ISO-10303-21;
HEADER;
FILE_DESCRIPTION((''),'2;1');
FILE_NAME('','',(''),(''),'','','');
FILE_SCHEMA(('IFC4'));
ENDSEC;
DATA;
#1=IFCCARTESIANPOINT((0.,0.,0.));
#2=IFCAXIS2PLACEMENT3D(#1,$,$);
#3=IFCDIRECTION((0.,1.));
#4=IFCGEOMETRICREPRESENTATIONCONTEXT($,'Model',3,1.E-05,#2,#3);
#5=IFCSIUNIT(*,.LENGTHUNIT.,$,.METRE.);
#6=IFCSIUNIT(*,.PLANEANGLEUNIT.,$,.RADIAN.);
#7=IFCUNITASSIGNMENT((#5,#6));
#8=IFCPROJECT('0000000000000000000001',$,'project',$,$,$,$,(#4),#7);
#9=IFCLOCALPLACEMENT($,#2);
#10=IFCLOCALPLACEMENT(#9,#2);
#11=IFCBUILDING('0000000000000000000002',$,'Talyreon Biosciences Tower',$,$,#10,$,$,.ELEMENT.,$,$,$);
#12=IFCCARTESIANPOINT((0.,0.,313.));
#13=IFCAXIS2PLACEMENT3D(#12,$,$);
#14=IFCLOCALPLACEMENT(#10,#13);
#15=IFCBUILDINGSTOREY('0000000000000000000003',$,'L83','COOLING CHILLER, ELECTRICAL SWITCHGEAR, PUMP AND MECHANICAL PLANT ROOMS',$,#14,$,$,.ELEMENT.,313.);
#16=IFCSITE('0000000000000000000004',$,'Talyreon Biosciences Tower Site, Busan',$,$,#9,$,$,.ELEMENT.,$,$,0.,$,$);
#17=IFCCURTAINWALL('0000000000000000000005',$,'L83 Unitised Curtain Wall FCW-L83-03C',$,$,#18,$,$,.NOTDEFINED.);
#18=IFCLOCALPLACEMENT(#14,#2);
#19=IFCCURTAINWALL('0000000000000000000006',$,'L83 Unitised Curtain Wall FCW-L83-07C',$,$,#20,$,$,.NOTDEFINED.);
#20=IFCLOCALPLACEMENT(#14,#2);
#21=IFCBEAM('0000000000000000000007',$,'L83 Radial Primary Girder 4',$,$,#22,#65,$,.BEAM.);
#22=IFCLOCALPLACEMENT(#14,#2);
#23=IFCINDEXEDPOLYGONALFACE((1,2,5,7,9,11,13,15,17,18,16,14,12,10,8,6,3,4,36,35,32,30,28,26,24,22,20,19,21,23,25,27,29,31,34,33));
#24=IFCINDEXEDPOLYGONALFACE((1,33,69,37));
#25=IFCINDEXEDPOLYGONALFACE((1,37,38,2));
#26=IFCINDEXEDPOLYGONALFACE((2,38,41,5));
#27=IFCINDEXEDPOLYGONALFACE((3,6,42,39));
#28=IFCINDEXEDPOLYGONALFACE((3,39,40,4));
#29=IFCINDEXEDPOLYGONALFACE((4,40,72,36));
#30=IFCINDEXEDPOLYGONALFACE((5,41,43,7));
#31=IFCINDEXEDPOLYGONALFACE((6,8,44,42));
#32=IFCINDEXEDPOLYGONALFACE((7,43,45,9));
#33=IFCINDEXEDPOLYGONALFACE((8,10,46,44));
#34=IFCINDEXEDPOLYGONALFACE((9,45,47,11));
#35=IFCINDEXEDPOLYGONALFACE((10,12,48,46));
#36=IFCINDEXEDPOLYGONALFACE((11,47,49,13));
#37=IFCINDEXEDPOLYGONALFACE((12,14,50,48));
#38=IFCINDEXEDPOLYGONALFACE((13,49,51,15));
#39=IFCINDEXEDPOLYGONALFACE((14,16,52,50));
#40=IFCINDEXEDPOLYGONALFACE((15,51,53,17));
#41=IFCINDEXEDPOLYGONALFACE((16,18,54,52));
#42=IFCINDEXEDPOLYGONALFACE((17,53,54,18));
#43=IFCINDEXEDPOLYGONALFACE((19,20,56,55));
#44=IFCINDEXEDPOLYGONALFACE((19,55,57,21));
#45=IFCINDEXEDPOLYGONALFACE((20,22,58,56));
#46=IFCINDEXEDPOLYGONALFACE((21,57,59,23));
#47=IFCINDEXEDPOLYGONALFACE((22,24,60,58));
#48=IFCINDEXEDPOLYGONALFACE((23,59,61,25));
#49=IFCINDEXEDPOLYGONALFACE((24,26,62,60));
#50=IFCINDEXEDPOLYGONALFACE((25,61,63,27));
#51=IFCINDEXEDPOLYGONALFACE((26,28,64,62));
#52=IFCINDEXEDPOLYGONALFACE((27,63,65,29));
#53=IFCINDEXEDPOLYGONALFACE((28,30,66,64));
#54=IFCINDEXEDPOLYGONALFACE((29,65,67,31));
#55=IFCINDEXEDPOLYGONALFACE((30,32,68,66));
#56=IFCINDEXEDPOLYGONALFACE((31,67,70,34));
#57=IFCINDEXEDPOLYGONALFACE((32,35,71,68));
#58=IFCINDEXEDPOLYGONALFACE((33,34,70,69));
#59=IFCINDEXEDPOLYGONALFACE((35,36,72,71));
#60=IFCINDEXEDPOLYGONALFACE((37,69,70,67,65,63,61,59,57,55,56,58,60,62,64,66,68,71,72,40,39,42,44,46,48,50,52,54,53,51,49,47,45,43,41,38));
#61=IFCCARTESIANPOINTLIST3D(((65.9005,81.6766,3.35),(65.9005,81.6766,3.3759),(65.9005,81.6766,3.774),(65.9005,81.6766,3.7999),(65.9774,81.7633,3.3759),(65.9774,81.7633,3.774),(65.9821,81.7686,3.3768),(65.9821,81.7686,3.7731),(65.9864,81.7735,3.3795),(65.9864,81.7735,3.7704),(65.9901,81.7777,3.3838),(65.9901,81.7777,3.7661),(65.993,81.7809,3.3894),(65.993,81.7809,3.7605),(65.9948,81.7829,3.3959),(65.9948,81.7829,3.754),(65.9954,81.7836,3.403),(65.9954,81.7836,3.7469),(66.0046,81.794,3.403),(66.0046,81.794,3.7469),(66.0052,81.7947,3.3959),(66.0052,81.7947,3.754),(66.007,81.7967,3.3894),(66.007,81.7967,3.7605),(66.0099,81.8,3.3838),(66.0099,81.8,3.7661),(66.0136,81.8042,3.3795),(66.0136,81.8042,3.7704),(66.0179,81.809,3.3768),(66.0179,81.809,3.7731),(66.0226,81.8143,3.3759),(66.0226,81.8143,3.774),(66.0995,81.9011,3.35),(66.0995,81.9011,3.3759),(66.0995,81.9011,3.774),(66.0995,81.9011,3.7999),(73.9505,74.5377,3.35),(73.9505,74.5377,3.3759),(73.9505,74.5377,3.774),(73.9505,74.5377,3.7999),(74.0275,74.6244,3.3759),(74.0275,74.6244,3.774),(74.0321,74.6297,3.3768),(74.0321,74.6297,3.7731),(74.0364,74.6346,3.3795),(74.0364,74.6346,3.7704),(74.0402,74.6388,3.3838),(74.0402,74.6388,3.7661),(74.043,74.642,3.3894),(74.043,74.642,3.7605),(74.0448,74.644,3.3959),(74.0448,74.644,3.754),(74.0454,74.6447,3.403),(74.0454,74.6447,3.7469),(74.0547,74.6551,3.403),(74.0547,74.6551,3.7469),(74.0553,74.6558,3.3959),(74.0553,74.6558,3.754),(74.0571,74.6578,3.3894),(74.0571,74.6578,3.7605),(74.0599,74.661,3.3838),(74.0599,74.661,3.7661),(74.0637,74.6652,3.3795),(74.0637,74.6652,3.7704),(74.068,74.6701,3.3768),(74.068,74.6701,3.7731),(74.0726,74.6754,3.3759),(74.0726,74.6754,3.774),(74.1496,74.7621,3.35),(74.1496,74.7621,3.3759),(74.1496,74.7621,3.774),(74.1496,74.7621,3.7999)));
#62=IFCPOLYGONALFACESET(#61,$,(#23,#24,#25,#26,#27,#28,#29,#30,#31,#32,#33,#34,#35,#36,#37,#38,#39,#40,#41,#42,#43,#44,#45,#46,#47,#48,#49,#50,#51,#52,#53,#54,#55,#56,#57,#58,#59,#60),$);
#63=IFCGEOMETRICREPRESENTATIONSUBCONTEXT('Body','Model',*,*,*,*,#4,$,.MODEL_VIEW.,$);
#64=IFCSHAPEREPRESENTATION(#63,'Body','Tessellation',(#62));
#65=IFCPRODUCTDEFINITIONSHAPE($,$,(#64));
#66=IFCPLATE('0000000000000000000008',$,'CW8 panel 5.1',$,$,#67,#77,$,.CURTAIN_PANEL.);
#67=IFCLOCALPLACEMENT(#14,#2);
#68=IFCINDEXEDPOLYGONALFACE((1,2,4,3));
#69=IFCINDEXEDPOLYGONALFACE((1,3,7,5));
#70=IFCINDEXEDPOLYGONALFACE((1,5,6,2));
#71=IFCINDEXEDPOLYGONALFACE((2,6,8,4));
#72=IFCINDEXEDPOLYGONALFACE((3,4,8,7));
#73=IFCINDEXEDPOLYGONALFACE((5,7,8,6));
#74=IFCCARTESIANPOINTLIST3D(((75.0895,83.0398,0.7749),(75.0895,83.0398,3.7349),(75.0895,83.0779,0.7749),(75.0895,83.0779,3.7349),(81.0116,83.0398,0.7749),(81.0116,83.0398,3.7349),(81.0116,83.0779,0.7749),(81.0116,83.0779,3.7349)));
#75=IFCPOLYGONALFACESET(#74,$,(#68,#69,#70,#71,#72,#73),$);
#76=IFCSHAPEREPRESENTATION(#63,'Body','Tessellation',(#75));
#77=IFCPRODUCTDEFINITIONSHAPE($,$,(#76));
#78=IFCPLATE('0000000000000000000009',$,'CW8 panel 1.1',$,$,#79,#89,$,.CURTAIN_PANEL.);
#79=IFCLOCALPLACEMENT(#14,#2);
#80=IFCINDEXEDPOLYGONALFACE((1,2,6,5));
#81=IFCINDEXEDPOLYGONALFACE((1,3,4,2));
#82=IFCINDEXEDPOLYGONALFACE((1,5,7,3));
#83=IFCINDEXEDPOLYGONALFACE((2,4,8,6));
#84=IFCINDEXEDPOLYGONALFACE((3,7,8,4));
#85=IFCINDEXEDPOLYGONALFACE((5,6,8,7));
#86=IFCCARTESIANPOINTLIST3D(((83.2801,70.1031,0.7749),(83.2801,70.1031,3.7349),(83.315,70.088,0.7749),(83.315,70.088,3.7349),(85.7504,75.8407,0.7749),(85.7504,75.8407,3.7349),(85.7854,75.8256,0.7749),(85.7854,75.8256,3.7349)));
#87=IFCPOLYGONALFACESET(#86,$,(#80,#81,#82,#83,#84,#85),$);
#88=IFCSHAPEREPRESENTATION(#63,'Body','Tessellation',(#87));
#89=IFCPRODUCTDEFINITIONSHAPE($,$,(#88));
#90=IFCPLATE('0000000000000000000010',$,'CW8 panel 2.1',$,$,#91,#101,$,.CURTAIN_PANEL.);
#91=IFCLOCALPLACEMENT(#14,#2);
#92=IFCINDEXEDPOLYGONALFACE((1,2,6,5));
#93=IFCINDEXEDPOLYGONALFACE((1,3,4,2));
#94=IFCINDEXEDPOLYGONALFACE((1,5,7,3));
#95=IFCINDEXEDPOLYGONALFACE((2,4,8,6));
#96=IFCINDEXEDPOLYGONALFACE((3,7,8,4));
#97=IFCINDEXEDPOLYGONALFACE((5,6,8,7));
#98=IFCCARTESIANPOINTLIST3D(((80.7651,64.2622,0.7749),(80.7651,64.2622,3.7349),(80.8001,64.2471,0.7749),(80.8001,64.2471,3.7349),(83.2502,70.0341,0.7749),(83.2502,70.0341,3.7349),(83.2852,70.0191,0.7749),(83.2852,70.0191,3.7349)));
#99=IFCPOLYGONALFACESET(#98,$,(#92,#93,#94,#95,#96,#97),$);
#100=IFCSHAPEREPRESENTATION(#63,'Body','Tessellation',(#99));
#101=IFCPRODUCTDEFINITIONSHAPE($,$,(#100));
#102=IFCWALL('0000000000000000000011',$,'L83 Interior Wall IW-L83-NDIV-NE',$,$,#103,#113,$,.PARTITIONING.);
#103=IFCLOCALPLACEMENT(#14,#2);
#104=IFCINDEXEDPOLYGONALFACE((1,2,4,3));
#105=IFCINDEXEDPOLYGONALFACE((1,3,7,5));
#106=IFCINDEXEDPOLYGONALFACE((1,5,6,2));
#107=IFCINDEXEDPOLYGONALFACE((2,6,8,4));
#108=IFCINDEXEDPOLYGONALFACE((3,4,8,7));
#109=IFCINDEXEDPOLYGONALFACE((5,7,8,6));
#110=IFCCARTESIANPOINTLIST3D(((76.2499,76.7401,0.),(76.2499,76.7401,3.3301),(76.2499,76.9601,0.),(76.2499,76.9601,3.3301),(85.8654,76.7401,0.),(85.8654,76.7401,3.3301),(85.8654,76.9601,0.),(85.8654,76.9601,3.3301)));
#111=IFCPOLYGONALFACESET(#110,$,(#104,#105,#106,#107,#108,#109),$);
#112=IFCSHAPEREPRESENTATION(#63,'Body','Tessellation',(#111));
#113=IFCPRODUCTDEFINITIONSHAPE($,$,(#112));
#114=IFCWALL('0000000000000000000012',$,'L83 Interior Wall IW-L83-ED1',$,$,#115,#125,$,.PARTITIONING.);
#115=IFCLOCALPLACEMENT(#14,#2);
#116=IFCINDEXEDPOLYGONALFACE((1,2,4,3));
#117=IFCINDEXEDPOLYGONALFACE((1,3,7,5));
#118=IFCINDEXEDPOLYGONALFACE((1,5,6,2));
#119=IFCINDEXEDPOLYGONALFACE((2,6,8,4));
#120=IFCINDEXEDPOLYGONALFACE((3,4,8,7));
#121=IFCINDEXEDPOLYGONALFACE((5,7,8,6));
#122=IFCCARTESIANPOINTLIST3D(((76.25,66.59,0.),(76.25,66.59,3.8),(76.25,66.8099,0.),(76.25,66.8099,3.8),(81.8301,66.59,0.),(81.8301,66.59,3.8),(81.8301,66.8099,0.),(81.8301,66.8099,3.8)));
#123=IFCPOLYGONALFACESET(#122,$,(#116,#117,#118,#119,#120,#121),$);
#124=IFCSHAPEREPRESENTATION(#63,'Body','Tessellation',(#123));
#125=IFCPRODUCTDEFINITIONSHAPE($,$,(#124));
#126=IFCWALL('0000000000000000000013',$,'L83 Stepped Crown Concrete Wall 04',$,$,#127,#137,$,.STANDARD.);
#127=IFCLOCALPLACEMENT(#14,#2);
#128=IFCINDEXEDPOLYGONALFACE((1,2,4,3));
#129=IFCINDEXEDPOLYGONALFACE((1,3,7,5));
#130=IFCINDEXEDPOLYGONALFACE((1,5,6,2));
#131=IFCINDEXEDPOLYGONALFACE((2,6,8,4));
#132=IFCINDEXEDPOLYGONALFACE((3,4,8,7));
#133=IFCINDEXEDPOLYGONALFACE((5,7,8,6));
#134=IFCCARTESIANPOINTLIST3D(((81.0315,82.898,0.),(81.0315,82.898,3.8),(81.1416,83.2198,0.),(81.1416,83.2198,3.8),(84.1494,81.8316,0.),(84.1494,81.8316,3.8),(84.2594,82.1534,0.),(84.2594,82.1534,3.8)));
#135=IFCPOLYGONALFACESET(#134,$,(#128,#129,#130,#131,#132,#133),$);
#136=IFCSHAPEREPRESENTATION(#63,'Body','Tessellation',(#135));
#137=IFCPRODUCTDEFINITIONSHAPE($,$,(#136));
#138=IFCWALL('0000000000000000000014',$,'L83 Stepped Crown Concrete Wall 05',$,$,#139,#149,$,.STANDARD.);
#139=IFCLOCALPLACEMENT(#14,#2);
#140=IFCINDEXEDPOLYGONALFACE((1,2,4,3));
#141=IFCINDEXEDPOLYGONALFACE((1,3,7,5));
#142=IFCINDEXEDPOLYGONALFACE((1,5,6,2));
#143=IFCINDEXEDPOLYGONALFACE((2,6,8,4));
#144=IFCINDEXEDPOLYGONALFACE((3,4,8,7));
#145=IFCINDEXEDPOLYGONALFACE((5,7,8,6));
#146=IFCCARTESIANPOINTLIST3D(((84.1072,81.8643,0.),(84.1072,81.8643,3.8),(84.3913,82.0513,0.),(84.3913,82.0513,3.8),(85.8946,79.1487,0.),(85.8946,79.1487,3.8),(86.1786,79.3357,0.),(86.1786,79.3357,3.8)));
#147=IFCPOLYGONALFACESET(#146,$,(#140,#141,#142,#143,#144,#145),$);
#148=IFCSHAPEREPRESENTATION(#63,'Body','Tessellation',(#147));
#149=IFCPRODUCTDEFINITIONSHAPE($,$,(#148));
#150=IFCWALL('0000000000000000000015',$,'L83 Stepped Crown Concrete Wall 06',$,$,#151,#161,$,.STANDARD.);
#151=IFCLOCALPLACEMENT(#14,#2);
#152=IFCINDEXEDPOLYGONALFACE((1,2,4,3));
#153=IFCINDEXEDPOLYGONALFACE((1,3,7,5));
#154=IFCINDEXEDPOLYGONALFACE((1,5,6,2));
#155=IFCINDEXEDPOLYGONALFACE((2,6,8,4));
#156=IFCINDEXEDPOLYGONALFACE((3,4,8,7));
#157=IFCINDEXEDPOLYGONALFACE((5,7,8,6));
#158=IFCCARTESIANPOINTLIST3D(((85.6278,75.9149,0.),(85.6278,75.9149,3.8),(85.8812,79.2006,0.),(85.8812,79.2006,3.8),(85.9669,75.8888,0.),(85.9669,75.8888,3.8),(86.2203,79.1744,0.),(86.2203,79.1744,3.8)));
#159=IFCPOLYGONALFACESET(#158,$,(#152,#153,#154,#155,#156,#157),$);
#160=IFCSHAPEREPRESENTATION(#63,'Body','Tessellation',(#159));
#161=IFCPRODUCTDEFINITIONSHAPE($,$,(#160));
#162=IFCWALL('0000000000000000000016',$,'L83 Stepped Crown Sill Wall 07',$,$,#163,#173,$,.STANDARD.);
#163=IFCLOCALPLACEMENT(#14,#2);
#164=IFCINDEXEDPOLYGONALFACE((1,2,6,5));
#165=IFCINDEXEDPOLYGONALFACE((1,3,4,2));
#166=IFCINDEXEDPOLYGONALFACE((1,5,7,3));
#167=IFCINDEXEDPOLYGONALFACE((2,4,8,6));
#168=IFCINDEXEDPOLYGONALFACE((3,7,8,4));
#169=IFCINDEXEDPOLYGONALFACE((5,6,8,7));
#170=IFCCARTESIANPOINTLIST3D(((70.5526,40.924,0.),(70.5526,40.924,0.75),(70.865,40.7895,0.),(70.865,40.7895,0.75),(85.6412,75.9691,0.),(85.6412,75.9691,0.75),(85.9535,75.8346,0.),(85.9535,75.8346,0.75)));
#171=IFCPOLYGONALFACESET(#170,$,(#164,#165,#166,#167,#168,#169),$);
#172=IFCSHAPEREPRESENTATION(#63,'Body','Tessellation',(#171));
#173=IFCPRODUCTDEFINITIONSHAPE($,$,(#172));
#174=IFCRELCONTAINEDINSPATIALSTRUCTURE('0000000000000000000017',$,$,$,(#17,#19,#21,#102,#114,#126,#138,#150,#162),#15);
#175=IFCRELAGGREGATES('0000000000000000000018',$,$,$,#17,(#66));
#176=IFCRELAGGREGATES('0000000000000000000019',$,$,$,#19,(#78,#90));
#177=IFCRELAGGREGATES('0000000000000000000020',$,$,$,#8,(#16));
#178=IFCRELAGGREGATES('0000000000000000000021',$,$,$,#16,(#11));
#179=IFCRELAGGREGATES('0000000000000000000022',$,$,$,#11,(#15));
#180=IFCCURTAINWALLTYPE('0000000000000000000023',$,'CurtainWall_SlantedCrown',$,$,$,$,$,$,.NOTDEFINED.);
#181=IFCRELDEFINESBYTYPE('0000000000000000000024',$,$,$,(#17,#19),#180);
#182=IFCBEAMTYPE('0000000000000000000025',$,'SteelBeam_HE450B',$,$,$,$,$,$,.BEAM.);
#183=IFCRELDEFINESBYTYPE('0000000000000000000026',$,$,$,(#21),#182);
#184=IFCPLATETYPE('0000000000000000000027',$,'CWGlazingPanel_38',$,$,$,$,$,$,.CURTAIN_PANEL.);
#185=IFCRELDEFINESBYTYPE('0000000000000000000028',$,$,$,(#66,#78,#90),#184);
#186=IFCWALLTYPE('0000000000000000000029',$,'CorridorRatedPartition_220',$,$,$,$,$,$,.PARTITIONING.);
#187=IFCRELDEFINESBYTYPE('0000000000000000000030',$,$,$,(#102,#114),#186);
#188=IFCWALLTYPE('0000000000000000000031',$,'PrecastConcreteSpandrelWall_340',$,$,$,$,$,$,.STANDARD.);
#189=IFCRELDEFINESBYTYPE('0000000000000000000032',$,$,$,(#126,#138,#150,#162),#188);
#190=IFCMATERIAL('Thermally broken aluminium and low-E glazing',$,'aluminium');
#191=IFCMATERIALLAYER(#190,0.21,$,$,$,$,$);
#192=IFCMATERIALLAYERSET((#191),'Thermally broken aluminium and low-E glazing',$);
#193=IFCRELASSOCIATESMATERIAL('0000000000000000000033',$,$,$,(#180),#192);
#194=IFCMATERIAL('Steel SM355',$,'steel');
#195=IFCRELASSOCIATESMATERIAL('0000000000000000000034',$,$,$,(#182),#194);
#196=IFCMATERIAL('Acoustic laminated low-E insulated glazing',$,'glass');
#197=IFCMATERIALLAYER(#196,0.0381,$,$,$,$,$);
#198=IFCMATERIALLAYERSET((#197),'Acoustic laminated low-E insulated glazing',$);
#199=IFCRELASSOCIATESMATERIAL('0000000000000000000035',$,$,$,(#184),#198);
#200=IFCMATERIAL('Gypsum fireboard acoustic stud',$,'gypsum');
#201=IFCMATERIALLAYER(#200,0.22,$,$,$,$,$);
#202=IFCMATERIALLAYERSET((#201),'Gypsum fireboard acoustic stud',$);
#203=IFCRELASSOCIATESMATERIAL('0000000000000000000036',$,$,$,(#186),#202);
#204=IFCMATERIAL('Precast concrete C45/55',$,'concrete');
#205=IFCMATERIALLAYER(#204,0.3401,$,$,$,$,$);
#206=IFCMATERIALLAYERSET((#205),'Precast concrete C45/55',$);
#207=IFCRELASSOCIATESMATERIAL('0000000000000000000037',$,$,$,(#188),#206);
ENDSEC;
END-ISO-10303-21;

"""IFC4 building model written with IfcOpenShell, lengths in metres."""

from ifc_helpers import new_model, si_unit, direction, frame, frame_2d, origin, origin_2d, place, context, subcontext, project, spatial, rectangle, i_section, extrude, material, layer, layer_set, material_profile, profile_set, type_object, element, aggregate, save


model = new_model("IFC4")

# Units and contexts
model_context = context("Model", 3, precision=1e-05, world=origin(), true_north=direction((0.0, 1.0)))
body_context = subcontext(model_context, "Body", "Model", "MODEL_VIEW")
ifc_project = project(units=[si_unit("LENGTHUNIT", "METRE"), si_unit("PLANEANGLEUNIT", "RADIAN")], contexts=[model_context])

# Site, building, storey
site_placement = place(None, origin())
site = spatial("IfcSite", under=ifc_project, at=site_placement, Name="Talyreon Biosciences Tower Site, Busan", CompositionType="ELEMENT", RefElevation=0.0)
building_placement = place(site_placement, origin())
building = spatial("IfcBuilding", under=site, at=building_placement, Name="Talyreon Biosciences Tower", CompositionType="ELEMENT")
storey_placement = place(building_placement, frame((0.0, 0.0, 313.0)))
storey = spatial("IfcBuildingStorey", under=building, at=storey_placement, Name="L83", Description="COOLING CHILLER, ELECTRICAL SWITCHGEAR, PUMP AND MECHANICAL PLANT ROOMS", CompositionType="ELEMENT", Elevation=313.0)

# Curtain walls
ifc_material_1 = material(Name="Thermally broken aluminium and low-E glazing", Category="aluminium")
ifc_layer_1 = layer(ifc_material_1, 0.21)
ifc_layer_set_1 = layer_set([ifc_layer_1], Name="Thermally broken aluminium and low-E glazing")
curtain_wall_type = type_object("IfcCurtainWallType", Name="CurtainWall_SlantedCrown", PredefinedType="NOTDEFINED", material=ifc_layer_set_1)
curtain_wall_1_placement = place(storey_placement, origin())
curtain_wall_1 = element("IfcCurtainWall", 1, at=curtain_wall_1_placement, inside=storey, type_object=curtain_wall_type, Name="L83 Unitised Curtain Wall FCW-L83-03C", PredefinedType="NOTDEFINED")
curtain_wall_2_placement = place(storey_placement, origin())
curtain_wall_2 = element("IfcCurtainWall", 2, at=curtain_wall_2_placement, inside=storey, type_object=curtain_wall_type, Name="L83 Unitised Curtain Wall FCW-L83-07C", PredefinedType="NOTDEFINED")

# Beam
ifc_material_2 = material(Name="Steel SM355", Category="steel")
ifc_material_profile_1 = material_profile(ifc_material_2, i_section(OverallWidth=0.3, OverallDepth=0.45, WebThickness=0.0139, FlangeThickness=0.0259, FilletRadius=0.0271, at=origin_2d()), Name="HE450B")
ifc_profile_set_1 = profile_set([ifc_material_profile_1], Name="Steel SM355")
beam_type = type_object("IfcBeamType", Name="SteelBeam_HE450B", PredefinedType="BEAM", material=ifc_profile_set_1)
beam_placement = place(storey_placement, frame((74.05, 74.6499, 3.575), z_axis=(-0.748179, 0.663497, 0.0), x_axis=(-0.663497, -0.748179, 0.0)))
element("IfcBeam", 3, at=beam_placement, inside=storey, type_object=beam_type, Name="L83 Radial Primary Girder 4", PredefinedType="BEAM", context=body_context, shape_type="SweptSolid", body=[
    extrude(i_section(OverallWidth=0.3, OverallDepth=0.45, WebThickness=0.0139, FlangeThickness=0.0259, FilletRadius=0.0271, at=origin_2d()), origin(), (0.0, 0.0, 1.0), 10.7595),
])

# Plates
ifc_material_3 = material(Name="Acoustic laminated low-E insulated glazing", Category="glass")
ifc_layer_2 = layer(ifc_material_3, 0.0381)
ifc_layer_set_2 = layer_set([ifc_layer_2], Name="Acoustic laminated low-E insulated glazing")
plate_type = type_object("IfcPlateType", Name="CWGlazingPanel_38", PredefinedType="CURTAIN_PANEL", material=ifc_layer_set_2)
plate_1_placement = place(storey_placement, frame((78.0505, 83.0588, 0.7749), z_axis=(0.0, 0.0, 1.0), x_axis=(1.0, 0.0, 0.0)))
plate_1 = element("IfcPlate", 4, at=plate_1_placement, type_object=plate_type, Name="CW8 panel 5.1", PredefinedType="CURTAIN_PANEL", context=body_context, shape_type="SweptSolid", body=[
    extrude(rectangle(XDim=5.9221, YDim=0.0381, at=origin_2d()), origin(), (0.0, 0.0, 1.0), 2.96),
])
aggregate(curtain_wall_1, [plate_1])
plate_2_placement = place(storey_placement, frame((84.5327, 72.9644, 0.7749), z_axis=(0.0, 0.0, 1.0), x_axis=(-0.395451, -0.918487, 0.0)))
plate_2 = element("IfcPlate", 5, at=plate_2_placement, type_object=plate_type, Name="CW8 panel 1.1", PredefinedType="CURTAIN_PANEL", context=body_context, shape_type="SweptSolid", body=[
    extrude(rectangle(XDim=6.2468, YDim=0.0381, at=origin_2d()), origin(), (0.0, 0.0, 1.0), 2.96),
])
plate_3_placement = place(storey_placement, frame((82.0251, 67.1406, 0.7749), z_axis=(0.0, 0.0, 1.0), x_axis=(-0.395451, -0.918487, 0.0)))
plate_3 = element("IfcPlate", 6, at=plate_3_placement, type_object=plate_type, Name="CW8 panel 2.1", PredefinedType="CURTAIN_PANEL", context=body_context, shape_type="SweptSolid", body=[
    extrude(rectangle(XDim=6.2842, YDim=0.0381, at=origin_2d()), origin(), (0.0, 0.0, 1.0), 2.96),
])
aggregate(curtain_wall_2, [plate_2, plate_3])

# Walls
ifc_material_4 = material(Name="Gypsum fireboard acoustic stud", Category="gypsum")
ifc_layer_3 = layer(ifc_material_4, 0.22)
ifc_layer_set_3 = layer_set([ifc_layer_3], Name="Gypsum fireboard acoustic stud")
wall_type_1 = type_object("IfcWallType", Name="CorridorRatedPartition_220", PredefinedType="PARTITIONING", material=ifc_layer_set_3)
wall_1_placement = place(storey_placement, frame((76.25, 76.8501, 0.0), z_axis=(0.0, 0.0, 1.0), x_axis=(1.0, 0.0, 0.0)))
element("IfcWall", 7, at=wall_1_placement, inside=storey, type_object=wall_type_1, Name="L83 Interior Wall IW-L83-NDIV-NE", PredefinedType="PARTITIONING", context=body_context, shape_type="SweptSolid", body=[
    extrude(rectangle(XDim=9.6155, YDim=0.22, at=frame_2d((4.8076, 0.0))), origin(), (0.0, 0.0, 1.0), 3.3301),
])
wall_2_placement = place(storey_placement, frame((76.25, 66.7, 0.0), z_axis=(0.0, 0.0, 1.0), x_axis=(1.0, 0.0, 0.0)))
element("IfcWall", 8, at=wall_2_placement, inside=storey, type_object=wall_type_1, Name="L83 Interior Wall IW-L83-ED1", PredefinedType="PARTITIONING", context=body_context, shape_type="SweptSolid", body=[
    extrude(rectangle(XDim=5.5801, YDim=0.22, at=frame_2d((2.79, 0.0))), origin(), (0.0, 0.0, 1.0), 3.8),
])
ifc_material_5 = material(Name="Precast concrete C45/55", Category="concrete")
ifc_layer_4 = layer(ifc_material_5, 0.3401)
ifc_layer_set_4 = layer_set([ifc_layer_4], Name="Precast concrete C45/55")
wall_type_2 = type_object("IfcWallType", Name="PrecastConcreteSpandrelWall_340", PredefinedType="STANDARD", material=ifc_layer_set_4)
wall_3_placement = place(storey_placement, frame((81.0867, 83.0588, 0.0), z_axis=(0.0, 0.0, 1.0), x_axis=(0.946187, -0.32362, 0.0)))
element("IfcWall", 9, at=wall_3_placement, inside=storey, type_object=wall_type_2, Name="L83 Stepped Crown Concrete Wall 04", PredefinedType="STANDARD", context=body_context, shape_type="SweptSolid", body=[
    extrude(rectangle(XDim=3.2952, YDim=0.3401, at=frame_2d((1.6475, 0.0))), origin(), (0.0, 0.0, 1.0), 3.8),
])
wall_4_placement = place(storey_placement, frame((84.2493, 81.9578, 0.0), z_axis=(0.0, 0.0, 1.0), x_axis=(0.549786, -0.835305, 0.0)))
element("IfcWall", 10, at=wall_4_placement, inside=storey, type_object=wall_type_2, Name="L83 Stepped Crown Concrete Wall 05", PredefinedType="STANDARD", context=body_context, shape_type="SweptSolid", body=[
    extrude(rectangle(XDim=3.251, YDim=0.3401, at=frame_2d((1.6255, 0.0))), origin(), (0.0, 0.0, 1.0), 3.8),
])
wall_5_placement = place(storey_placement, frame((86.0508, 79.1875, 0.0), z_axis=(0.0, 0.0, 1.0), x_axis=(-0.0769, -0.997039, 0.0)))
element("IfcWall", 11, at=wall_5_placement, inside=storey, type_object=wall_type_2, Name="L83 Stepped Crown Concrete Wall 06", PredefinedType="STANDARD", context=body_context, shape_type="SweptSolid", body=[
    extrude(rectangle(XDim=3.2954, YDim=0.3401, at=frame_2d((1.6477, 0.0))), origin(), (0.0, 0.0, 1.0), 3.8),
])
wall_6_placement = place(storey_placement, frame((85.7974, 75.9019, 0.0), z_axis=(0.0, 0.0, 1.0), x_axis=(-0.395452, -0.918486, 0.0)))
element("IfcWall", 12, at=wall_6_placement, inside=storey, type_object=wall_type_2, Name="L83 Stepped Crown Sill Wall 07", PredefinedType="STANDARD", context=body_context, shape_type="SweptSolid", body=[
    extrude(rectangle(XDim=38.1553, YDim=0.3401, at=frame_2d((19.0776, 0.0))), origin(), (0.0, 0.0, 1.0), 0.75),
])

save(model, "model.ifc")
